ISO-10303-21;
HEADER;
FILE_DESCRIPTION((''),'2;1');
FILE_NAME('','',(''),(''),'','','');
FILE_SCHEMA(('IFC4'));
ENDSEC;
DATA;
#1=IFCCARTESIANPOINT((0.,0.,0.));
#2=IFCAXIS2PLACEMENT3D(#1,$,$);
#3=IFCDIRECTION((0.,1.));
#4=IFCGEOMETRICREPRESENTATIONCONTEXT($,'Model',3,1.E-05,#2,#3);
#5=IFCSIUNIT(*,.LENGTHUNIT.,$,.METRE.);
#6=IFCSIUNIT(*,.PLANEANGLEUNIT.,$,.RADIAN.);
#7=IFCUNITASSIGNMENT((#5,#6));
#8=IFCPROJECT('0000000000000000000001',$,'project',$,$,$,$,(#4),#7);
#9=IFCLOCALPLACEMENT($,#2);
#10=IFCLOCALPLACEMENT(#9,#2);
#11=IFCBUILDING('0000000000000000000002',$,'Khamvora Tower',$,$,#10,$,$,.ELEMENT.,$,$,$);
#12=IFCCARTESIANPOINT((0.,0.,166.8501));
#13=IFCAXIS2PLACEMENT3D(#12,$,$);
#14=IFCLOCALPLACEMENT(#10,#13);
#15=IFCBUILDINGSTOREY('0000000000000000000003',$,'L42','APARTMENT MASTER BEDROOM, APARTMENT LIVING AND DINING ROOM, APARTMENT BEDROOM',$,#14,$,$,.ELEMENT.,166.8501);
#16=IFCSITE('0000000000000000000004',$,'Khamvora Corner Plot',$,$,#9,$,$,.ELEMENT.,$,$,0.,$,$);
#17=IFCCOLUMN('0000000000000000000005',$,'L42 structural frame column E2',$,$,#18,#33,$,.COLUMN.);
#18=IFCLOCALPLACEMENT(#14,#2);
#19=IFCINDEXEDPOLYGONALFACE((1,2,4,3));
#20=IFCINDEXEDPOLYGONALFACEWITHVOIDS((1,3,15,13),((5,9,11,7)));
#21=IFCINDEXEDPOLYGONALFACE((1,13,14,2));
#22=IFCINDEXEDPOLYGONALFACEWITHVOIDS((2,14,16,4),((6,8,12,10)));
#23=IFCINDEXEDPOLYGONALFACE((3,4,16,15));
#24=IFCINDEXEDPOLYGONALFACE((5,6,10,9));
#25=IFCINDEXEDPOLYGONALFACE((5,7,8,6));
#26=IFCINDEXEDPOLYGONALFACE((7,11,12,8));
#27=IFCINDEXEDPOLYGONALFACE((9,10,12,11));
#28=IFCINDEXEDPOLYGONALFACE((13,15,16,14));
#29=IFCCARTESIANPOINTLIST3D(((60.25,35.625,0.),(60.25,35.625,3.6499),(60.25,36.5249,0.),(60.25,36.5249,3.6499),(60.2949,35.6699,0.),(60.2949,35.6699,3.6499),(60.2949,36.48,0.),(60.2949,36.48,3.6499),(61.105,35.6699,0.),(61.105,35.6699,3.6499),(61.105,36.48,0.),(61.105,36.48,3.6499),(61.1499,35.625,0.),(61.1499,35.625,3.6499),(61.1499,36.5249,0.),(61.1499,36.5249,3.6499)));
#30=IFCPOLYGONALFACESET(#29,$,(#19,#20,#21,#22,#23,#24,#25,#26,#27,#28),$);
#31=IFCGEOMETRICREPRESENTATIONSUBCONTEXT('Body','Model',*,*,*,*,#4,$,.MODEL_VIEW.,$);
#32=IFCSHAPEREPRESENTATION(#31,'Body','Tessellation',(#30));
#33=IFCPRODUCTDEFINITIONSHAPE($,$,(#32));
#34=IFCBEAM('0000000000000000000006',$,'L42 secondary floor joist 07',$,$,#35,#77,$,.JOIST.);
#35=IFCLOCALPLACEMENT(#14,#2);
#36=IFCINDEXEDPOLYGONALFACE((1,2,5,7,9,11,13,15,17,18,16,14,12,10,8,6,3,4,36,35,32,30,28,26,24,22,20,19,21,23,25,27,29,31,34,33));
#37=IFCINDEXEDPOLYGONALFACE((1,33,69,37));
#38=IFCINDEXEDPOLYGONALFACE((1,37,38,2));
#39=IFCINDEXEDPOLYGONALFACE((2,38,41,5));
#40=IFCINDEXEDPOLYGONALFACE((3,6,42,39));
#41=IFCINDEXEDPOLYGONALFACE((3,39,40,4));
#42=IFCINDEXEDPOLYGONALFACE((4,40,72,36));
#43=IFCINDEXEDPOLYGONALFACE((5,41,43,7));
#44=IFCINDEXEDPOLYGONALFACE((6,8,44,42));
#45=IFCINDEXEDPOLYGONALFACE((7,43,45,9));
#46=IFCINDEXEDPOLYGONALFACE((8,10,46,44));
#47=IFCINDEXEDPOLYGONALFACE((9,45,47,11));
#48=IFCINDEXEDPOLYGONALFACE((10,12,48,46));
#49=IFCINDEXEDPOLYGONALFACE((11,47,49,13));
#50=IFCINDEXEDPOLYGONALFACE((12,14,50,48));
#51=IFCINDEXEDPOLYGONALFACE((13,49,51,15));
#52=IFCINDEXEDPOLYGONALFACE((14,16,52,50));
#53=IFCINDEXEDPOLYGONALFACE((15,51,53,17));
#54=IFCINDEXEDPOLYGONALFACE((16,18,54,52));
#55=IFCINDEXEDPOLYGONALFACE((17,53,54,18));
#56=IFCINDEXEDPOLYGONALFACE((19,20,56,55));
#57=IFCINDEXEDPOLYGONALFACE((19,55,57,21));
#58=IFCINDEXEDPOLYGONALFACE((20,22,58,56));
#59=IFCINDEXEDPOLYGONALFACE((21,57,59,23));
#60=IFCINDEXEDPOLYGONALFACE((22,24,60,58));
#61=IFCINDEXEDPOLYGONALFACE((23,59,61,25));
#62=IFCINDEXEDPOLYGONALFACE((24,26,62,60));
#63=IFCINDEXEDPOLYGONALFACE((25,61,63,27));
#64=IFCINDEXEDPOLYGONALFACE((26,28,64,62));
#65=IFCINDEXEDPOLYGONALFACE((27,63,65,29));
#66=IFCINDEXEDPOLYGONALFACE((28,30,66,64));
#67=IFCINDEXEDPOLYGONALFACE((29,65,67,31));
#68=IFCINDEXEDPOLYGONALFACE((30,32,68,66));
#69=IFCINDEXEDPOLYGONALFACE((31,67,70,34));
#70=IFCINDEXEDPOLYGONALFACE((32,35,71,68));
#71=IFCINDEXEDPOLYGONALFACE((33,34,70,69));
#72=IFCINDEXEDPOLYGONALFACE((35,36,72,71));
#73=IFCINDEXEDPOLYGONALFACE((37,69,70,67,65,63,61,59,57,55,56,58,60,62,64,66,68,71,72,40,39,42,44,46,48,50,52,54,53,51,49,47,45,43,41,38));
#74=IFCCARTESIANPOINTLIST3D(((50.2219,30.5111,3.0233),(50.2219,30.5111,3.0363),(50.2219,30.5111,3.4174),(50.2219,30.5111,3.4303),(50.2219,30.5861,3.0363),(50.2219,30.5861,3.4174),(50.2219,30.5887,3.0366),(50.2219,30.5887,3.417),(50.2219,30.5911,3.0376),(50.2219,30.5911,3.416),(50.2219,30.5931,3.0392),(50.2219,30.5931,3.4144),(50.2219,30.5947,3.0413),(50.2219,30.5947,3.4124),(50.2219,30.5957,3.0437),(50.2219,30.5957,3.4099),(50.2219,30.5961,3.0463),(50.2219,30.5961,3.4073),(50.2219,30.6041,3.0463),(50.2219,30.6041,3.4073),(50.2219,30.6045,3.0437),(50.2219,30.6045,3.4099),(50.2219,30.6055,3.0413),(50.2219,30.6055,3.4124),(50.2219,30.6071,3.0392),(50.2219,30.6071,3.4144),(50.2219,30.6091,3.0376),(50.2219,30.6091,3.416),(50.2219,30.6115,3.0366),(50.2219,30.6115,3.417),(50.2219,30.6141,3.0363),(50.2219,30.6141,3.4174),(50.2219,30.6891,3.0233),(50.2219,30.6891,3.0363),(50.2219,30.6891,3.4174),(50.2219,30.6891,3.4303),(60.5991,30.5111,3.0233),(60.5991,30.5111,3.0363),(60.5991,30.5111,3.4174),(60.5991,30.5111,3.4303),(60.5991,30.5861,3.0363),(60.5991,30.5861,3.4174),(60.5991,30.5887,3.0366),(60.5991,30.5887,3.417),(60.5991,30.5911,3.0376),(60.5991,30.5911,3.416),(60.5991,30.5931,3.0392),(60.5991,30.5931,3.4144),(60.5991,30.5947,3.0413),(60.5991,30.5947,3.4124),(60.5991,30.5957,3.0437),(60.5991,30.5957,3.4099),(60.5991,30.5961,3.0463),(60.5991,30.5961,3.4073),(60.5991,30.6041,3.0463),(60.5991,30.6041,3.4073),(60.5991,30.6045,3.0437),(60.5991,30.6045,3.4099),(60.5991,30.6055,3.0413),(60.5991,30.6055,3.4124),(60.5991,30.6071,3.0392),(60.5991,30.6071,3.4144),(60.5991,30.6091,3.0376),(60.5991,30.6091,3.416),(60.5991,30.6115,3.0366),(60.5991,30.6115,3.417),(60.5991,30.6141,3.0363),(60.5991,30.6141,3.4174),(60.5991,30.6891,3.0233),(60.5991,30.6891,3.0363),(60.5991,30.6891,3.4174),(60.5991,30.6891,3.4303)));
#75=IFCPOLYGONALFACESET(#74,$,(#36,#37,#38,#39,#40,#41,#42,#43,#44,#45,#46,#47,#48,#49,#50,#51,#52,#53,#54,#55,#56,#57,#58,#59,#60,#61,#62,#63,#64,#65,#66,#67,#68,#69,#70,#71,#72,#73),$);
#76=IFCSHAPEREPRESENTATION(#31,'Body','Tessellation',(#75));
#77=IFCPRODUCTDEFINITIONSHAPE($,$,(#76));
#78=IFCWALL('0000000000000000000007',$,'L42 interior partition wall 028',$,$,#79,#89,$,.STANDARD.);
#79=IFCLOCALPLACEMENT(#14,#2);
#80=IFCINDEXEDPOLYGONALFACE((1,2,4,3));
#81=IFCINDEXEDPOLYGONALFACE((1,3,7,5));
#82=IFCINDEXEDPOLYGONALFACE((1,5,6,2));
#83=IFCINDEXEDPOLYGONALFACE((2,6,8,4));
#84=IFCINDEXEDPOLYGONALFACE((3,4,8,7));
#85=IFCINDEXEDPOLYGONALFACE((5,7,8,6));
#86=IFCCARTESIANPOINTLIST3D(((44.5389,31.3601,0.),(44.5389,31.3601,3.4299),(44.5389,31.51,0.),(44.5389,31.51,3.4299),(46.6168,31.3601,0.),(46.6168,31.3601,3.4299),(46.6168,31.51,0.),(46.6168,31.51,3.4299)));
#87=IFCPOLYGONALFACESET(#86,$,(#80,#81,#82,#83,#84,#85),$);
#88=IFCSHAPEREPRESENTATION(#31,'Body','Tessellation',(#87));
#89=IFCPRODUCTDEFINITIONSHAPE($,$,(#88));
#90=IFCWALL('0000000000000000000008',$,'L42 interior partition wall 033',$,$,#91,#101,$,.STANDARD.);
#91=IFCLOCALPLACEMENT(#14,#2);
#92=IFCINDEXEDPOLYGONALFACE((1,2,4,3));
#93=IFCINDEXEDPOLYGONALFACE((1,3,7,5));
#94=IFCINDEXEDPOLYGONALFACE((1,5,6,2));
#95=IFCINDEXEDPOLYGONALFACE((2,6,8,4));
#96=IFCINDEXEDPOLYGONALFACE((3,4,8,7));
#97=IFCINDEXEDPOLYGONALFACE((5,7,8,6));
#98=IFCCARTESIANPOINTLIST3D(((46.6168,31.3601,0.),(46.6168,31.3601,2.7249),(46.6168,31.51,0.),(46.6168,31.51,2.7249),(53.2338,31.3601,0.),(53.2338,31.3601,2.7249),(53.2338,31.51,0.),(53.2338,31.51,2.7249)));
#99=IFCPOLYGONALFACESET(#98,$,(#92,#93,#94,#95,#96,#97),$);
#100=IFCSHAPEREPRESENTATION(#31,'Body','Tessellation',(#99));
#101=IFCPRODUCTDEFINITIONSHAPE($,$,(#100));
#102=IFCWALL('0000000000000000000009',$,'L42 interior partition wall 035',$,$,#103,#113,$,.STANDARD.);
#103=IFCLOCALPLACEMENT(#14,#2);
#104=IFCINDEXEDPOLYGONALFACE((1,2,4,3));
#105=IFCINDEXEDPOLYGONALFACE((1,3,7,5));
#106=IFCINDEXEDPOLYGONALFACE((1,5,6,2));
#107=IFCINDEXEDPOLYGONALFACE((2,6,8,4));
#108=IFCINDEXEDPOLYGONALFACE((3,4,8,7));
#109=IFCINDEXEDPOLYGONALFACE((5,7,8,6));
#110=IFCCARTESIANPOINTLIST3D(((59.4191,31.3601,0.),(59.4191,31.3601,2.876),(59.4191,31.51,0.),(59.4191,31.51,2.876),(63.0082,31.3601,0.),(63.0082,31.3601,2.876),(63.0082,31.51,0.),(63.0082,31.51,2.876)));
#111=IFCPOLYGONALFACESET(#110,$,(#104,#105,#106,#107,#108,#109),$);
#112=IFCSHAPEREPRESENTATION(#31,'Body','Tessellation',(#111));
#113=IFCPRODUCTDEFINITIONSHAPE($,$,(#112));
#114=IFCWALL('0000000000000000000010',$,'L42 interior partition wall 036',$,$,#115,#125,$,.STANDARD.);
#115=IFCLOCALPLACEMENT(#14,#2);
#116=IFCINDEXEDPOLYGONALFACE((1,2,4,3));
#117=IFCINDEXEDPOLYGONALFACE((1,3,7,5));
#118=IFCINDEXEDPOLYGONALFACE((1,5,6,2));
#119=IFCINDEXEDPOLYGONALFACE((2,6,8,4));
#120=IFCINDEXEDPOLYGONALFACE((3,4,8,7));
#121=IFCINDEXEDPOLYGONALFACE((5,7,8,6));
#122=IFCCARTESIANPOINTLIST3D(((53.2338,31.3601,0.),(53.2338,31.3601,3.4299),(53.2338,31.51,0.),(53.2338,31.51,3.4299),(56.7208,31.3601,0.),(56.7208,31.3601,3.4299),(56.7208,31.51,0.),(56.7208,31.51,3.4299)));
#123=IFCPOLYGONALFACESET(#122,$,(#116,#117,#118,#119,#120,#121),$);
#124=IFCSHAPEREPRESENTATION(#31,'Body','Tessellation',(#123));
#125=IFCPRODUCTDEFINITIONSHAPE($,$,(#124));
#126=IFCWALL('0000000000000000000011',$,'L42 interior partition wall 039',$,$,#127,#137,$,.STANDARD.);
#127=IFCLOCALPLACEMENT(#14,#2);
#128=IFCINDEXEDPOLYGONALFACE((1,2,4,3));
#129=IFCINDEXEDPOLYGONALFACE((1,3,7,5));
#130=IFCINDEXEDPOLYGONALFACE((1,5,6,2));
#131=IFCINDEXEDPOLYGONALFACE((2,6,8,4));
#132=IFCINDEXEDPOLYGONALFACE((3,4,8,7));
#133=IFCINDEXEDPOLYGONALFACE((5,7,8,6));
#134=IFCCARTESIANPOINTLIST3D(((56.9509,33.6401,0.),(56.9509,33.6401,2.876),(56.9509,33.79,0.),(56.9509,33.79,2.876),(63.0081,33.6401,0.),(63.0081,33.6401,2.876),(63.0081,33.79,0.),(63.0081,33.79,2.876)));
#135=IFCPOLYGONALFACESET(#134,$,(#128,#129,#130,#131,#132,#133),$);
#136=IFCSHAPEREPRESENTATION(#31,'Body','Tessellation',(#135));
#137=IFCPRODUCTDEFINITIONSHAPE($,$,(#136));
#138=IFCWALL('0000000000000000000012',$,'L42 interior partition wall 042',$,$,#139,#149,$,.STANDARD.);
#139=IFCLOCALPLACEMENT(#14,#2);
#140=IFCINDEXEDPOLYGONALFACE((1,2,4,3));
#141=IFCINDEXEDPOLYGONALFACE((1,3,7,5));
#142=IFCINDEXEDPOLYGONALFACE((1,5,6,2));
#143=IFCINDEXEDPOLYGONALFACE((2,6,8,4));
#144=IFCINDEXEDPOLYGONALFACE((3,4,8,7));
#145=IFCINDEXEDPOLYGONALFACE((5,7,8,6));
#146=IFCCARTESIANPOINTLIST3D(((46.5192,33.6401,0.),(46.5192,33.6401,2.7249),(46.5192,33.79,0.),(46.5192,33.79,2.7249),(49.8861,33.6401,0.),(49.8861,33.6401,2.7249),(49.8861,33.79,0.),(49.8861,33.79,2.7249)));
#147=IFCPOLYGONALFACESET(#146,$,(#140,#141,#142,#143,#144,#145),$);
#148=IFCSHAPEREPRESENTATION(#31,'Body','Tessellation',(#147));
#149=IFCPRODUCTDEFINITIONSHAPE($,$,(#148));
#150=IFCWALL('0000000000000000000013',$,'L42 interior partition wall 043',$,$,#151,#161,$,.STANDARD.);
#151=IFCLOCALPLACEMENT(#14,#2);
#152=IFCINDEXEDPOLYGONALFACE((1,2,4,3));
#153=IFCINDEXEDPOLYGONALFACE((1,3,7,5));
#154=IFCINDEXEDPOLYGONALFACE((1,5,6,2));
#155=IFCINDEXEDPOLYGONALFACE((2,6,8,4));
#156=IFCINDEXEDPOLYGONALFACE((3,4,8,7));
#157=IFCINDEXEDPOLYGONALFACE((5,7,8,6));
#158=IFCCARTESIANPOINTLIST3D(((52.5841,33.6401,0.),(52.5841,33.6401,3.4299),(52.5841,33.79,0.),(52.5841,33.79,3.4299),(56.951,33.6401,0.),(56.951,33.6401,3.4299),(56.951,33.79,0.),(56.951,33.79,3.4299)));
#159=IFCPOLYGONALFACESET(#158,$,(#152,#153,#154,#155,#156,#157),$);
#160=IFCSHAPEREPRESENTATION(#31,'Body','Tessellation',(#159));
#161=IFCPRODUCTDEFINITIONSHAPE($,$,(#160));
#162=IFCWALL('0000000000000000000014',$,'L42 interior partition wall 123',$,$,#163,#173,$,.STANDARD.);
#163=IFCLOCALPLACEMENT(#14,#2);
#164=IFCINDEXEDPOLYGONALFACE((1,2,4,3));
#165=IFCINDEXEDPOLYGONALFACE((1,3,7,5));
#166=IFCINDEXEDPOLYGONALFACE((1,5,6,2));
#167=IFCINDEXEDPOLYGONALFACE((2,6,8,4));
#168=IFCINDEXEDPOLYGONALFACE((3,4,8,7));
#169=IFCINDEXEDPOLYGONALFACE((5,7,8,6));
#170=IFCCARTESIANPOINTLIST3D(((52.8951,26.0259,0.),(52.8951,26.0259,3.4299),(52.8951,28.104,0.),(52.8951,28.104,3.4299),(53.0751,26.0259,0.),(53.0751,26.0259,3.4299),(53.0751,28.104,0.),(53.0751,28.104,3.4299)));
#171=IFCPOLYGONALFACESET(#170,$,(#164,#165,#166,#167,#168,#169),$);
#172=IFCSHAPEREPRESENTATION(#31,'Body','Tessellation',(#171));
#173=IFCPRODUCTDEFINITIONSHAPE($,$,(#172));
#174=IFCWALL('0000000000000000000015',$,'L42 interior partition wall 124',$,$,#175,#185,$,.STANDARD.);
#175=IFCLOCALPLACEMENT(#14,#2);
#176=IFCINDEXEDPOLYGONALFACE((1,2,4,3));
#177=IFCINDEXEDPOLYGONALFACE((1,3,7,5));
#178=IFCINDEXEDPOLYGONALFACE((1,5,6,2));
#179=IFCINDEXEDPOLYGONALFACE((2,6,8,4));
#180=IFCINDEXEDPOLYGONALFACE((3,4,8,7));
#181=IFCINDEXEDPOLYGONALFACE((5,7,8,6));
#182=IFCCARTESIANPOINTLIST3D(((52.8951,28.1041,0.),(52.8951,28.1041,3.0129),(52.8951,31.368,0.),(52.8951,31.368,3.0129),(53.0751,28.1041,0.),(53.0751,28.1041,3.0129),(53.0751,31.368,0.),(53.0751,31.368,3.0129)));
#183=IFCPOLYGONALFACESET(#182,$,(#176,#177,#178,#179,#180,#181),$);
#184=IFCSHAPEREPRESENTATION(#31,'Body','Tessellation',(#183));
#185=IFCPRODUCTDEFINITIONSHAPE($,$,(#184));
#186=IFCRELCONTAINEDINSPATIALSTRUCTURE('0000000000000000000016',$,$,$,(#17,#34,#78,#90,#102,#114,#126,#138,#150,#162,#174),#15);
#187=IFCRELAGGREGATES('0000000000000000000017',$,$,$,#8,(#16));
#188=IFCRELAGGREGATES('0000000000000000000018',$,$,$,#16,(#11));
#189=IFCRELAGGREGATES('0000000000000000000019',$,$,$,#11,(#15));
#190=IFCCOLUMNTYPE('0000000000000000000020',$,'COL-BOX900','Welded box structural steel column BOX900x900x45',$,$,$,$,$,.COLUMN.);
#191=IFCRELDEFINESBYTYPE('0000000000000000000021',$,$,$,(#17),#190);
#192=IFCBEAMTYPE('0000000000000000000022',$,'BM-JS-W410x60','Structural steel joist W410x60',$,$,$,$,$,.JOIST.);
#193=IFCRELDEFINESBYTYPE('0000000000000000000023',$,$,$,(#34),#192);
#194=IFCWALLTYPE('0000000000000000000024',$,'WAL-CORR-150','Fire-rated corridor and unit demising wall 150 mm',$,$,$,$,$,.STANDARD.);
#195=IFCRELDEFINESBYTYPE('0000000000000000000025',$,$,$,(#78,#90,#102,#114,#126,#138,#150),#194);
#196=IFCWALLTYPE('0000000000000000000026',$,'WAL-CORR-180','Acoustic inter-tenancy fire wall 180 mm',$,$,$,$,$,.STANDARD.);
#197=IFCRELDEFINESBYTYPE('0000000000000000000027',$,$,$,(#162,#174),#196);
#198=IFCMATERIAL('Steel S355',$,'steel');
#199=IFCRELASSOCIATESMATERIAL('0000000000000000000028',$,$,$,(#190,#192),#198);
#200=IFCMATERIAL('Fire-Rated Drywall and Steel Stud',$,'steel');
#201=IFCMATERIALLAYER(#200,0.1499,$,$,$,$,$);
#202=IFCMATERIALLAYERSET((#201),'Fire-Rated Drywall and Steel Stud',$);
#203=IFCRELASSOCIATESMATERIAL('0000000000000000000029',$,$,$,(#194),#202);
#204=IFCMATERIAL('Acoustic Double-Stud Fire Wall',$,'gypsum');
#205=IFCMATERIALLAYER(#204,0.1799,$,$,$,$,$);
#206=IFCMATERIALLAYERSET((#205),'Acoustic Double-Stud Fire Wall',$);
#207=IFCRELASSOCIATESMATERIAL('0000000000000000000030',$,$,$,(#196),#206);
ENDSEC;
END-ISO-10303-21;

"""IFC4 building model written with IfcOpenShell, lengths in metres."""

from ifc_helpers import new_model, si_unit, direction, frame, frame_2d, origin, origin_2d, place, context, subcontext, project, spatial, rectangle, hollow_rectangle, i_section, extrude, material, layer, layer_set, material_profile, profile_set, type_object, element, save


model = new_model("IFC4")

# Units and contexts
model_context = context("Model", 3, precision=1e-05, world=origin(), true_north=direction((0.0, 1.0)))
body_context = subcontext(model_context, "Body", "Model", "MODEL_VIEW")
ifc_project = project(units=[si_unit("LENGTHUNIT", "METRE"), si_unit("PLANEANGLEUNIT", "RADIAN")], contexts=[model_context])

# Site, building, storey
site_placement = place(None, origin())
site = spatial("IfcSite", under=ifc_project, at=site_placement, Name="Khamvora Corner Plot", CompositionType="ELEMENT", RefElevation=0.0)
building_placement = place(site_placement, origin())
building = spatial("IfcBuilding", under=site, at=building_placement, Name="Khamvora Tower", CompositionType="ELEMENT")
storey_placement = place(building_placement, frame((0.0, 0.0, 166.8501)))
storey = spatial("IfcBuildingStorey", under=building, at=storey_placement, Name="L42", Description="APARTMENT MASTER BEDROOM, APARTMENT LIVING AND DINING ROOM, APARTMENT BEDROOM", CompositionType="ELEMENT", Elevation=166.8501)

# Column
ifc_material_1 = material(Name="Steel S355", Category="steel")
ifc_material_profile_1 = material_profile(ifc_material_1, hollow_rectangle(XDim=0.8999, YDim=0.8999, WallThickness=0.0449, at=origin_2d()), Name="BOX900x900x45")
ifc_profile_set_1 = profile_set([ifc_material_profile_1], Name="Steel S355")
column_type = type_object("IfcColumnType", Name="COL-BOX900", Description="Welded box structural steel column BOX900x900x45", PredefinedType="COLUMN", material=ifc_profile_set_1)
column_placement = place(storey_placement, frame((60.7, 36.075, 0.0), z_axis=(0.0, 0.0, 1.0), x_axis=(1.0, 0.0, 0.0)))
element("IfcColumn", 1, at=column_placement, inside=storey, type_object=column_type, Name="L42 structural frame column E2", PredefinedType="COLUMN", context=body_context, shape_type="SweptSolid", body=[
    extrude(hollow_rectangle(XDim=0.8999, YDim=0.8999, WallThickness=0.0449, at=origin_2d()), origin(), (0.0, 0.0, 1.0), 3.6499),
])

# Beam
ifc_material_profile_2 = material_profile(ifc_material_1, i_section(OverallWidth=0.178, OverallDepth=0.407, WebThickness=0.0081, FlangeThickness=0.0129, FilletRadius=0.01, at=origin_2d()), Name="W410x60")
ifc_profile_set_2 = profile_set([ifc_material_profile_2], Name="Steel S355")
beam_type = type_object("IfcBeamType", Name="BM-JS-W410x60", Description="Structural steel joist W410x60", PredefinedType="JOIST", material=ifc_profile_set_2)
beam_placement = place(storey_placement, frame((50.2219, 30.6001, 3.2268), z_axis=(1.0, 0.0, 0.0), x_axis=(0.0, 1.0, 0.0)))
element("IfcBeam", 2, at=beam_placement, inside=storey, type_object=beam_type, Name="L42 secondary floor joist 07", PredefinedType="JOIST", context=body_context, shape_type="SweptSolid", body=[
    extrude(i_section(OverallWidth=0.178, OverallDepth=0.407, WebThickness=0.0081, FlangeThickness=0.0129, FilletRadius=0.01, at=origin_2d()), origin(), (0.0, 0.0, 1.0), 10.3772),
])

# Walls
ifc_material_2 = material(Name="Fire-Rated Drywall and Steel Stud", Category="steel")
ifc_layer_1 = layer(ifc_material_2, 0.1499)
ifc_layer_set_1 = layer_set([ifc_layer_1], Name="Fire-Rated Drywall and Steel Stud")
wall_type_1 = type_object("IfcWallType", Name="WAL-CORR-150", Description="Fire-rated corridor and unit demising wall 150 mm", PredefinedType="STANDARD", material=ifc_layer_set_1)
wall_1_placement = place(storey_placement, frame((46.6169, 31.4351, 0.0), z_axis=(0.0, 0.0, 1.0), x_axis=(-1.0, 0.0, 0.0)))
element("IfcWall", 3, at=wall_1_placement, inside=storey, type_object=wall_type_1, Name="L42 interior partition wall 028", PredefinedType="STANDARD", context=body_context, shape_type="SweptSolid", body=[
    extrude(rectangle(XDim=2.0779, YDim=0.1499, at=frame_2d((1.0391, 0.0))), origin(), (0.0, 0.0, 1.0), 3.4299),
])
wall_2_placement = place(storey_placement, frame((53.2339, 31.4351, 0.0), z_axis=(0.0, 0.0, 1.0), x_axis=(-1.0, 0.0, 0.0)))
element("IfcWall", 4, at=wall_2_placement, inside=storey, type_object=wall_type_1, Name="L42 interior partition wall 033", PredefinedType="STANDARD", context=body_context, shape_type="SweptSolid", body=[
    extrude(rectangle(XDim=6.6169, YDim=0.1499, at=frame_2d((3.3086, 0.0))), origin(), (0.0, 0.0, 1.0), 2.7249),
])

# Walls
wall_3_placement = place(storey_placement, frame((63.0081, 31.4351, 0.0), z_axis=(0.0, 0.0, 1.0), x_axis=(-1.0, 0.0, 0.0)))
element("IfcWall", 5, at=wall_3_placement, inside=storey, type_object=wall_type_1, Name="L42 interior partition wall 035", PredefinedType="STANDARD", context=body_context, shape_type="SweptSolid", body=[
    extrude(rectangle(XDim=3.5891, YDim=0.1499, at=frame_2d((1.7944, 0.0))), origin(), (0.0, 0.0, 1.0), 2.876),
])
wall_4_placement = place(storey_placement, frame((56.7209, 31.4351, 0.0), z_axis=(0.0, 0.0, 1.0), x_axis=(-1.0, 0.0, 0.0)))
element("IfcWall", 6, at=wall_4_placement, inside=storey, type_object=wall_type_1, Name="L42 interior partition wall 036", PredefinedType="STANDARD", context=body_context, shape_type="SweptSolid", body=[
    extrude(rectangle(XDim=3.4871, YDim=0.1499, at=frame_2d((1.7437, 0.0))), origin(), (0.0, 0.0, 1.0), 3.4299),
])
wall_5_placement = place(storey_placement, frame((56.9509, 33.7151, 0.0), z_axis=(0.0, 0.0, 1.0), x_axis=(1.0, 0.0, 0.0)))
element("IfcWall", 7, at=wall_5_placement, inside=storey, type_object=wall_type_1, Name="L42 interior partition wall 039", PredefinedType="STANDARD", context=body_context, shape_type="SweptSolid", body=[
    extrude(rectangle(XDim=6.0571, YDim=0.1499, at=frame_2d((3.0286, 0.0))), origin(), (0.0, 0.0, 1.0), 2.876),
])

# Walls
wall_6_placement = place(storey_placement, frame((46.519, 33.7151, 0.0), z_axis=(0.0, 0.0, 1.0), x_axis=(1.0, 0.0, 0.0)))
element("IfcWall", 8, at=wall_6_placement, inside=storey, type_object=wall_type_1, Name="L42 interior partition wall 042", PredefinedType="STANDARD", context=body_context, shape_type="SweptSolid", body=[
    extrude(rectangle(XDim=3.3669, YDim=0.1499, at=frame_2d((1.6836, 0.0))), origin(), (0.0, 0.0, 1.0), 2.7249),
])
wall_7_placement = place(storey_placement, frame((52.584, 33.7151, 0.0), z_axis=(0.0, 0.0, 1.0), x_axis=(1.0, 0.0, 0.0)))
element("IfcWall", 9, at=wall_7_placement, inside=storey, type_object=wall_type_1, Name="L42 interior partition wall 043", PredefinedType="STANDARD", context=body_context, shape_type="SweptSolid", body=[
    extrude(rectangle(XDim=4.3669, YDim=0.1499, at=frame_2d((2.1836, 0.0))), origin(), (0.0, 0.0, 1.0), 3.4299),
])
ifc_material_3 = material(Name="Acoustic Double-Stud Fire Wall", Category="gypsum")
ifc_layer_2 = layer(ifc_material_3, 0.1799)
ifc_layer_set_2 = layer_set([ifc_layer_2], Name="Acoustic Double-Stud Fire Wall")
wall_type_2 = type_object("IfcWallType", Name="WAL-CORR-180", Description="Acoustic inter-tenancy fire wall 180 mm", PredefinedType="STANDARD", material=ifc_layer_set_2)
wall_8_placement = place(storey_placement, frame((52.9851, 28.104, 0.0), z_axis=(0.0, 0.0, 1.0), x_axis=(0.0, -1.0, 0.0)))
element("IfcWall", 10, at=wall_8_placement, inside=storey, type_object=wall_type_2, Name="L42 interior partition wall 123", PredefinedType="STANDARD", context=body_context, shape_type="SweptSolid", body=[
    extrude(rectangle(XDim=2.0781, YDim=0.1799, at=frame_2d((1.0391, 0.0))), origin(), (0.0, 0.0, 1.0), 3.4299),
])
wall_9_placement = place(storey_placement, frame((52.9851, 31.3679, 0.0), z_axis=(0.0, 0.0, 1.0), x_axis=(0.0, -1.0, 0.0)))
element("IfcWall", 11, at=wall_9_placement, inside=storey, type_object=wall_type_2, Name="L42 interior partition wall 124", PredefinedType="STANDARD", context=body_context, shape_type="SweptSolid", body=[
    extrude(rectangle(XDim=3.2639, YDim=0.1799, at=frame_2d((1.6318, 0.0))), origin(), (0.0, 0.0, 1.0), 3.0129),
])

save(model, "model.ifc")
